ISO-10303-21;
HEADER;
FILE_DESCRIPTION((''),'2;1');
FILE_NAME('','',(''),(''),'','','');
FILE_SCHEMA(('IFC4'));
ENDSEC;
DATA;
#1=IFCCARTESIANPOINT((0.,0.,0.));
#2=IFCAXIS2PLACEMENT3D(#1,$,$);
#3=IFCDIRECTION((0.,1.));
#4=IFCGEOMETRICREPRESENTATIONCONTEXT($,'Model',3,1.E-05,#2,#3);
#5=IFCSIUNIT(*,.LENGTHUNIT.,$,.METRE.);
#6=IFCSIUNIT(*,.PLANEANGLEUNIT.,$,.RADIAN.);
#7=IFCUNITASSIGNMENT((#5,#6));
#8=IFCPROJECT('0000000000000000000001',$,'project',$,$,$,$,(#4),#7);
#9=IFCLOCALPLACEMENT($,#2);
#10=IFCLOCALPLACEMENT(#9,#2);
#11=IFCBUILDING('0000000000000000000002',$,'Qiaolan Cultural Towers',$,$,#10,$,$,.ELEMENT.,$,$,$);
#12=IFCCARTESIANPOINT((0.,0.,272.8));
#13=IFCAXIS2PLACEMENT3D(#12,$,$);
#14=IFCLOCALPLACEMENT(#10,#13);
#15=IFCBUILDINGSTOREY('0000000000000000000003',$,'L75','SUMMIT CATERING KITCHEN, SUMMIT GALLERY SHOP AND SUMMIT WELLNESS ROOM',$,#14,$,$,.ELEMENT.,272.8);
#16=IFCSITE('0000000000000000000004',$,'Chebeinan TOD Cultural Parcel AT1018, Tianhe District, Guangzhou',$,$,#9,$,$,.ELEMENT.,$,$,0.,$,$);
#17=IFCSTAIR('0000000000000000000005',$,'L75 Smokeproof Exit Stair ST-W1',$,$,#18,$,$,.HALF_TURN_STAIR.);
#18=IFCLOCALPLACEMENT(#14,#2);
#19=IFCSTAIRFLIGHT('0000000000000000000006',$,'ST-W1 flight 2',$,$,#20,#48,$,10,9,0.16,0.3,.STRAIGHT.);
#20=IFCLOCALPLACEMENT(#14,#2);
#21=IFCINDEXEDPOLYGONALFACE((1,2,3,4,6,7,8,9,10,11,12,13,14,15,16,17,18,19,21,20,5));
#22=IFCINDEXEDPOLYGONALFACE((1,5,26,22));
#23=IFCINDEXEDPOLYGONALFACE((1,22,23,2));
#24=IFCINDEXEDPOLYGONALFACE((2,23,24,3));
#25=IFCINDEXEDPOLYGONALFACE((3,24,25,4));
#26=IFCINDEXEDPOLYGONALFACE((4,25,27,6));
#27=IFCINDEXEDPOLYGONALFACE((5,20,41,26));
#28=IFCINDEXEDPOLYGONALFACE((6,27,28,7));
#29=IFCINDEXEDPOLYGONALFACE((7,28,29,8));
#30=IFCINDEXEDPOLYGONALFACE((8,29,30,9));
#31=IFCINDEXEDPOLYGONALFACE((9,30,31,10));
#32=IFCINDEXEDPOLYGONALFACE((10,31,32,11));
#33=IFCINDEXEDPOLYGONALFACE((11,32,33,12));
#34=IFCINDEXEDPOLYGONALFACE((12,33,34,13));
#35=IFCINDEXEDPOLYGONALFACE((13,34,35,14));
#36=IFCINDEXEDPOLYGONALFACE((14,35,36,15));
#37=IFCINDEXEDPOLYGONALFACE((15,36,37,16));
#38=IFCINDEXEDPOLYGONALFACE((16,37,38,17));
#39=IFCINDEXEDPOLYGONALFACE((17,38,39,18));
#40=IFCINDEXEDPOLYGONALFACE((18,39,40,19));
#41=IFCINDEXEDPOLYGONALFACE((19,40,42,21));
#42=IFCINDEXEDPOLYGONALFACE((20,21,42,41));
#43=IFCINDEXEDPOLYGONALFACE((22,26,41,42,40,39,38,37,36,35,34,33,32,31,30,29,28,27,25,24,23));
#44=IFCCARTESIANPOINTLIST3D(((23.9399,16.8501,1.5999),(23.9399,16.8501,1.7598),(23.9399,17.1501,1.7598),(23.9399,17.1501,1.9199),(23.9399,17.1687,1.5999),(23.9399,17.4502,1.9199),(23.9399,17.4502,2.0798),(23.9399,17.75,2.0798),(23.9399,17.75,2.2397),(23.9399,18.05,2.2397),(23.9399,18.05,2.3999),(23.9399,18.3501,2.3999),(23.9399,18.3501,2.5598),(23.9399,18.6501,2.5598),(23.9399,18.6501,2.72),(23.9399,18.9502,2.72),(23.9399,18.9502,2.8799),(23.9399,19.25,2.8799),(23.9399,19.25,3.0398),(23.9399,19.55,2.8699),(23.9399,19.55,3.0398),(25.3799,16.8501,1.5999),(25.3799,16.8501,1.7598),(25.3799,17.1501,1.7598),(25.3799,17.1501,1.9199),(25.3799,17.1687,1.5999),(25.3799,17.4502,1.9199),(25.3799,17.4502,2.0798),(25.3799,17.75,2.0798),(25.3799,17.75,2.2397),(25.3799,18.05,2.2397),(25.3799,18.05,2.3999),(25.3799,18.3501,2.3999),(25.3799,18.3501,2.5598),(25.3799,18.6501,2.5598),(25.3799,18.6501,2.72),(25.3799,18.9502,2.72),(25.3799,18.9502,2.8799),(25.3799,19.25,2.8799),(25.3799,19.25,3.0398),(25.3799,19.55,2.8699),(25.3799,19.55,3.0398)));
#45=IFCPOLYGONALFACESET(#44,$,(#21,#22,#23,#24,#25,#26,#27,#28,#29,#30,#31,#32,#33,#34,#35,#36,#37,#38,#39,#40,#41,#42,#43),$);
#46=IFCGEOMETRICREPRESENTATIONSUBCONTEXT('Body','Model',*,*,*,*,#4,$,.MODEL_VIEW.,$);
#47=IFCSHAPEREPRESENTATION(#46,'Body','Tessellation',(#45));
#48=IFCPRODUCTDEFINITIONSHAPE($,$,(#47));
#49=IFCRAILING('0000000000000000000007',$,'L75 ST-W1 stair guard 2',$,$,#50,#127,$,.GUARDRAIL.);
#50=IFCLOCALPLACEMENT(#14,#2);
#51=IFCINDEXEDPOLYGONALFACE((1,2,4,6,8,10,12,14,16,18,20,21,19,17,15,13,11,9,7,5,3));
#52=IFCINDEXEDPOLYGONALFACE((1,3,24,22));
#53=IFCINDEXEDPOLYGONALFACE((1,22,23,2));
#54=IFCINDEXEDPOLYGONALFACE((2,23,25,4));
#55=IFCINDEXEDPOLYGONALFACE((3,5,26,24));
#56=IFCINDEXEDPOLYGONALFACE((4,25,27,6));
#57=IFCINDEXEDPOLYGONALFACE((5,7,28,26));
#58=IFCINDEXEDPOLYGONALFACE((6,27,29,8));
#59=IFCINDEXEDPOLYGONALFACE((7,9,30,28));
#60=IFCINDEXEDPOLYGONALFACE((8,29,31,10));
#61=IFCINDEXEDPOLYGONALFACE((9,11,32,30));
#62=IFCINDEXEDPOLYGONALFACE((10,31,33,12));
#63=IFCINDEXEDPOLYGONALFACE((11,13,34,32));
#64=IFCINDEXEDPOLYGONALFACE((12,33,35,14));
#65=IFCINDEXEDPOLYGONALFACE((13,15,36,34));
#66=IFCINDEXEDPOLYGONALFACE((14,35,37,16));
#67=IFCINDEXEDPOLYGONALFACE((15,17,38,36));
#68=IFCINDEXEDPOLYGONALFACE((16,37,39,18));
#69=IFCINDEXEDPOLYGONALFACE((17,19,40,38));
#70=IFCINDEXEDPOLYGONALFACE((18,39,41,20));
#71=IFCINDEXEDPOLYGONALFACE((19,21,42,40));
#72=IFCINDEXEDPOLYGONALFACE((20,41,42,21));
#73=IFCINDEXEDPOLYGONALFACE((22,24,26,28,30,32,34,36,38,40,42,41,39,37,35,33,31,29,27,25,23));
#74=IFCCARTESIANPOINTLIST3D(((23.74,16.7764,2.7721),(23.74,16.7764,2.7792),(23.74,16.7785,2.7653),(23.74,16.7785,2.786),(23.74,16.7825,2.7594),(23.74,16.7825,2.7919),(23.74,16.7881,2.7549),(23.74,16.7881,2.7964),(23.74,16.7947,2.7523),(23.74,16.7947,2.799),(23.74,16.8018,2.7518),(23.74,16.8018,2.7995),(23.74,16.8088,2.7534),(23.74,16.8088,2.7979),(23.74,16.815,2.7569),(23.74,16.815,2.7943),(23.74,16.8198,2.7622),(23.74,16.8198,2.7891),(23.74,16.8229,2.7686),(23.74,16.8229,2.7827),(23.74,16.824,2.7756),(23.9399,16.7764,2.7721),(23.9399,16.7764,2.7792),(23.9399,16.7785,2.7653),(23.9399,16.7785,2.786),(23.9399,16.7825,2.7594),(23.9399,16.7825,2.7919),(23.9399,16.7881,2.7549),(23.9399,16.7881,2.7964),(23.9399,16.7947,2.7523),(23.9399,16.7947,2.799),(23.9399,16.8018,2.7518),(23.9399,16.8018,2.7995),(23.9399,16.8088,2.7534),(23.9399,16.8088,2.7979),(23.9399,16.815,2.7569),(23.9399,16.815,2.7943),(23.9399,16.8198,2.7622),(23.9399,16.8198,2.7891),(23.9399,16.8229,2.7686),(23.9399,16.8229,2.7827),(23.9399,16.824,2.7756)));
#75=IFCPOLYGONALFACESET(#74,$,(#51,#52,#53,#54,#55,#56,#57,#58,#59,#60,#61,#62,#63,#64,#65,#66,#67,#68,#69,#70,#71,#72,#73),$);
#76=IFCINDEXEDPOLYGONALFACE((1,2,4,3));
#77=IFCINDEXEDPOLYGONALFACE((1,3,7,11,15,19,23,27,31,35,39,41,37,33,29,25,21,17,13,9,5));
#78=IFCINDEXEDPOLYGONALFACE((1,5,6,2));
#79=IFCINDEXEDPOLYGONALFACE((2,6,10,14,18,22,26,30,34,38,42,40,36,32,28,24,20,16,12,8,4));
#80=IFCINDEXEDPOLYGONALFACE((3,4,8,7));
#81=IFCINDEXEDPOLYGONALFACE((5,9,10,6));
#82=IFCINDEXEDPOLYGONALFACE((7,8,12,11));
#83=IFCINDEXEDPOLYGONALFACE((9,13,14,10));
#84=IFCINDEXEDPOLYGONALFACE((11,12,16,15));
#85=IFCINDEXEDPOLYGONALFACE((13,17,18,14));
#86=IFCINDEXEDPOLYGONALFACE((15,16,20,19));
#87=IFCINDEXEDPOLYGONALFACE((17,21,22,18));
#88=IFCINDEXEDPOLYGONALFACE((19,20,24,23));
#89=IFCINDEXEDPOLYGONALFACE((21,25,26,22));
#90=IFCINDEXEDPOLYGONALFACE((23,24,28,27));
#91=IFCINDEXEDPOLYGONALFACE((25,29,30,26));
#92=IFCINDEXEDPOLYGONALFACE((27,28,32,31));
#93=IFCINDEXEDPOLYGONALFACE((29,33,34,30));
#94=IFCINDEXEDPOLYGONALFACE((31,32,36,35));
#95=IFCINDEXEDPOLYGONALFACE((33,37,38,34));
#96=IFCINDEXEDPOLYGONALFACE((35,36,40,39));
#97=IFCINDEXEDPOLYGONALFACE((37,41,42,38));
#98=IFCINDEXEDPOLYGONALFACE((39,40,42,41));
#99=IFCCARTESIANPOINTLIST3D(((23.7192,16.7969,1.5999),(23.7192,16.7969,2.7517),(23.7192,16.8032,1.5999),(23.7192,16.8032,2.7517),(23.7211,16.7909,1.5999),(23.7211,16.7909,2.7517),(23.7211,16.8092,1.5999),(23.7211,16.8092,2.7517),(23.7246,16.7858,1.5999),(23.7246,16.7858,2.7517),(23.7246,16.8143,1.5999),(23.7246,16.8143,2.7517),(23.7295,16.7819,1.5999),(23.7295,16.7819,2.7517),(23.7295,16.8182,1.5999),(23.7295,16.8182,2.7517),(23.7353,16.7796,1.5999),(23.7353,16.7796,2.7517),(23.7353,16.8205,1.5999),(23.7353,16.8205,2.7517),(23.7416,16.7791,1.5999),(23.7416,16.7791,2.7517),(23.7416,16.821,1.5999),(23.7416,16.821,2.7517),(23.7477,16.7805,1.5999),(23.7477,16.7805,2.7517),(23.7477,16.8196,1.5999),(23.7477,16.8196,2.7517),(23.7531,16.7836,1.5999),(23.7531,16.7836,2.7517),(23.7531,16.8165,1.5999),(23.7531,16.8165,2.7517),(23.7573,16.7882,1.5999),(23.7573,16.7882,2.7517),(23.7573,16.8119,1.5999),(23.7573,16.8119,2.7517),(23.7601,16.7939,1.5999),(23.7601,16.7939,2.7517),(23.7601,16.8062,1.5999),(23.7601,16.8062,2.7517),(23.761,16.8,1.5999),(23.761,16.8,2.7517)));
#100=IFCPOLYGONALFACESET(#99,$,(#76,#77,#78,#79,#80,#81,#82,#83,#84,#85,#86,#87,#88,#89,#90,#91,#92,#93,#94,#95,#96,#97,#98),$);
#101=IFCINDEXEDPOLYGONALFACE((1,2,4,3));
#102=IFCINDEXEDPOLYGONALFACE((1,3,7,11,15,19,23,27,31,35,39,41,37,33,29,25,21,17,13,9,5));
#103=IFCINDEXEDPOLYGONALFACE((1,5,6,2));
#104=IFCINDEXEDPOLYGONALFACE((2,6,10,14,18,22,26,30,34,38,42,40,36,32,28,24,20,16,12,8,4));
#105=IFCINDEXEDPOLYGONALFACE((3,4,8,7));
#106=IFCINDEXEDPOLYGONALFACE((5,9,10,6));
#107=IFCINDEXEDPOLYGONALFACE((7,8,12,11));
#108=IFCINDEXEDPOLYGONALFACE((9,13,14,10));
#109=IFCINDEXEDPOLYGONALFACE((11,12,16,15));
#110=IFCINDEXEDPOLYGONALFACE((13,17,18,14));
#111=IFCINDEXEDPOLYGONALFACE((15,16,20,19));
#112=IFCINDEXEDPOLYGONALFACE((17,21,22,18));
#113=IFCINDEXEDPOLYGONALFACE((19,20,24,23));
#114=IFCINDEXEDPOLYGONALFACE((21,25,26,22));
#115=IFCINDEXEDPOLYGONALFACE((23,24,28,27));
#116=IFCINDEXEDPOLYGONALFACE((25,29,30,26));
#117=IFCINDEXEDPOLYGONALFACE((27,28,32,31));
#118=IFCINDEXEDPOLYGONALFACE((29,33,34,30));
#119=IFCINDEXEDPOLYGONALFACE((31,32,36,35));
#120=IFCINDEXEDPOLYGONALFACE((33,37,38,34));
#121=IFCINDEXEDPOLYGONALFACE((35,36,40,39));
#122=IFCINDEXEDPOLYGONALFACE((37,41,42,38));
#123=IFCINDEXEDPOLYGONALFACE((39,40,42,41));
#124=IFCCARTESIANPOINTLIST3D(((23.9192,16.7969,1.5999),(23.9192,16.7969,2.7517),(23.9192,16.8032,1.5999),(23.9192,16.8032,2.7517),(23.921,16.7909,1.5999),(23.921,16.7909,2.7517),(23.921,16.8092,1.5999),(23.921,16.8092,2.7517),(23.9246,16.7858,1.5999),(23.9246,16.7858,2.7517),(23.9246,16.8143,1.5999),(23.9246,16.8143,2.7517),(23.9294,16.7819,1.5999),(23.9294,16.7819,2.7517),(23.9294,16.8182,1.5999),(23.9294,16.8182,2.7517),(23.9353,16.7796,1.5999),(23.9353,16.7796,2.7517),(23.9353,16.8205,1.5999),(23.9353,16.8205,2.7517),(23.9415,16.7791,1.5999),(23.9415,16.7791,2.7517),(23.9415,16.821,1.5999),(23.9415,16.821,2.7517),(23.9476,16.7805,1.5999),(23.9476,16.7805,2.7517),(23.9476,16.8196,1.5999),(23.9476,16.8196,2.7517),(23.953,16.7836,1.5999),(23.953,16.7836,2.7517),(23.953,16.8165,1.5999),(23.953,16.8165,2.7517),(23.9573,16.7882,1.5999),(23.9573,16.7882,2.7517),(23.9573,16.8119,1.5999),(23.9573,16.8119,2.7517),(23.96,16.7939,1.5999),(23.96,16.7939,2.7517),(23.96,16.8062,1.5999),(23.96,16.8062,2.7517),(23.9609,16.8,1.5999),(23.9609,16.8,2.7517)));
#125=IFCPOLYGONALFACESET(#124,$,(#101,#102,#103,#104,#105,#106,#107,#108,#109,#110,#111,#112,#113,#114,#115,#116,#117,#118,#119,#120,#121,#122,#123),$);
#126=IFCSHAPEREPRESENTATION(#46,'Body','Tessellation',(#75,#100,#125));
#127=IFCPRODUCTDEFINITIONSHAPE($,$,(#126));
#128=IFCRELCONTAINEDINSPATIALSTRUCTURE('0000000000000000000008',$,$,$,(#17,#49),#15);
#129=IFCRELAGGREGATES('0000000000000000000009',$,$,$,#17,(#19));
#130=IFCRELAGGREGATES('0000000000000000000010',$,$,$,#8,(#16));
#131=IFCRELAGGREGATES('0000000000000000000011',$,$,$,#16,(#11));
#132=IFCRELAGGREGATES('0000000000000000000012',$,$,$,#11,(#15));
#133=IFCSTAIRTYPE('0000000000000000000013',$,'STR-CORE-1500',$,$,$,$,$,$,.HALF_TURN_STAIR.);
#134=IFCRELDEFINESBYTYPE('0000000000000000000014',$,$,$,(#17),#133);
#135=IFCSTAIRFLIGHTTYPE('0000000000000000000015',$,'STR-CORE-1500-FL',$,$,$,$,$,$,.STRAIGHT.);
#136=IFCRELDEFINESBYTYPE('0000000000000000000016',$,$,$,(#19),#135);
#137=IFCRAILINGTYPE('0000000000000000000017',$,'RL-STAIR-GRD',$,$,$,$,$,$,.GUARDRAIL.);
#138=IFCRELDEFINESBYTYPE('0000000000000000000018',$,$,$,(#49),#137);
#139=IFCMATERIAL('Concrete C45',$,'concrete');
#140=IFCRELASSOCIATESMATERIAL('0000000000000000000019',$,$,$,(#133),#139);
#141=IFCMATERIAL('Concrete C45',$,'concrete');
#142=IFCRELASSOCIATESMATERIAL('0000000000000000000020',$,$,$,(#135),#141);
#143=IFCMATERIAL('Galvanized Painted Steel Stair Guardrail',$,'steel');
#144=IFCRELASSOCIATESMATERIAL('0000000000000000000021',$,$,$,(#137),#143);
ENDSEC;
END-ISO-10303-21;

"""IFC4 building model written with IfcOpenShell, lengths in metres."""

from ifc_helpers import new_model, si_unit, direction, frame, origin, origin_2d, place, context, subcontext, project, spatial, polyline, circle, outline, extrude, material, type_object, element, aggregate, save


model = new_model("IFC4")

# Units and contexts
model_context = context("Model", 3, precision=1e-05, world=origin(), true_north=direction((0.0, 1.0)))
body_context = subcontext(model_context, "Body", "Model", "MODEL_VIEW")
ifc_project = project(units=[si_unit("LENGTHUNIT", "METRE"), si_unit("PLANEANGLEUNIT", "RADIAN")], contexts=[model_context])

# Site, building, storey
site_placement = place(None, origin())
site = spatial("IfcSite", under=ifc_project, at=site_placement, Name="Chebeinan TOD Cultural Parcel AT1018, Tianhe District, Guangzhou", CompositionType="ELEMENT", RefElevation=0.0)
building_placement = place(site_placement, origin())
building = spatial("IfcBuilding", under=site, at=building_placement, Name="Qiaolan Cultural Towers", CompositionType="ELEMENT")
storey_placement = place(building_placement, frame((0.0, 0.0, 272.8)))
storey = spatial("IfcBuildingStorey", under=building, at=storey_placement, Name="L75", Description="SUMMIT CATERING KITCHEN, SUMMIT GALLERY SHOP AND SUMMIT WELLNESS ROOM", CompositionType="ELEMENT", Elevation=272.8)

# Stair
ifc_material_1 = material(Name="Concrete C45", Category="concrete")
stair_type = type_object("IfcStairType", Name="STR-CORE-1500", PredefinedType="HALF_TURN_STAIR", material=ifc_material_1)
stair_1_placement = place(storey_placement, origin())
stair_1 = element("IfcStair", 1, at=stair_1_placement, inside=storey, type_object=stair_type, Name="L75 Smokeproof Exit Stair ST-W1", PredefinedType="HALF_TURN_STAIR")

# Stair flight
ifc_material_2 = material(Name="Concrete C45", Category="concrete")
stair_flight_type = type_object("IfcStairFlightType", Name="STR-CORE-1500-FL", PredefinedType="STRAIGHT", material=ifc_material_2)
stair_flight_placement = place(storey_placement, frame((24.6599, 16.8501, 1.5999), z_axis=(0.0, 0.0, 1.0), x_axis=(0.0, 1.0, 0.0)))
stair_flight = element("IfcStairFlight", 2, at=stair_flight_placement, type_object=stair_flight_type, Name="ST-W1 flight 2", NumberOfRisers=10, NumberOfTreads=9, PredefinedType="STRAIGHT", RiserHeight=0.16, TreadLength=0.3, context=body_context, shape_type="SweptSolid", body=[
    extrude(outline(polyline([(0.0, 0.0), (0.0, 0.1599), (0.3, 0.1599), (0.3, 0.3201), (0.6001, 0.3201), (0.6001, 0.48), (0.8999, 0.48), (0.8999, 0.6399), (1.2, 0.6399), (1.2, 0.8), (1.5, 0.8), (1.5, 0.96), (1.8, 0.96), (1.8, 1.1201), (2.1001, 1.1201), (2.1001, 1.28), (2.3999, 1.28), (2.3999, 1.4399), (2.7, 1.4399), (2.7, 1.6001), (2.7, 1.27), (0.3186, 0.0), (0.0, 0.0)])), frame((0.0, 0.72, 0.0), z_axis=(0.0, -1.0, 0.0), x_axis=(1.0, 0.0, 0.0)), (0.0, 0.0, 1.0), 1.4399),
])
aggregate(stair_1, [stair_flight])

# Railing
ifc_material_3 = material(Name="Galvanized Painted Steel Stair Guardrail", Category="steel")
railing_type = type_object("IfcRailingType", Name="RL-STAIR-GRD", PredefinedType="GUARDRAIL", material=ifc_material_3)
railing_1_placement = place(storey_placement, frame((23.74, 16.8, 1.5999)))
element("IfcRailing", 3, at=railing_1_placement, inside=storey, type_object=railing_type, Name="L75 ST-W1 stair guard 2", PredefinedType="GUARDRAIL", context=body_context, shape_type="SweptSolid", body=[
    extrude(circle(Radius=0.0239, at=origin_2d()), frame((0.0, 0.0, 1.1758), z_axis=(1.0, 0.0, 0.0), x_axis=(0.0, 1.0, 0.0)), (0.0, 0.0, 1.0), 0.2),
    extrude(circle(Radius=0.021, at=origin_2d()), origin(), (0.0, 0.0, 1.0), 1.1519),
    extrude(circle(Radius=0.021, at=origin_2d()), frame((0.2, 0.0, 0.0)), (0.0, 0.0, 1.0), 1.1519),
])

save(model, "model.ifc")
